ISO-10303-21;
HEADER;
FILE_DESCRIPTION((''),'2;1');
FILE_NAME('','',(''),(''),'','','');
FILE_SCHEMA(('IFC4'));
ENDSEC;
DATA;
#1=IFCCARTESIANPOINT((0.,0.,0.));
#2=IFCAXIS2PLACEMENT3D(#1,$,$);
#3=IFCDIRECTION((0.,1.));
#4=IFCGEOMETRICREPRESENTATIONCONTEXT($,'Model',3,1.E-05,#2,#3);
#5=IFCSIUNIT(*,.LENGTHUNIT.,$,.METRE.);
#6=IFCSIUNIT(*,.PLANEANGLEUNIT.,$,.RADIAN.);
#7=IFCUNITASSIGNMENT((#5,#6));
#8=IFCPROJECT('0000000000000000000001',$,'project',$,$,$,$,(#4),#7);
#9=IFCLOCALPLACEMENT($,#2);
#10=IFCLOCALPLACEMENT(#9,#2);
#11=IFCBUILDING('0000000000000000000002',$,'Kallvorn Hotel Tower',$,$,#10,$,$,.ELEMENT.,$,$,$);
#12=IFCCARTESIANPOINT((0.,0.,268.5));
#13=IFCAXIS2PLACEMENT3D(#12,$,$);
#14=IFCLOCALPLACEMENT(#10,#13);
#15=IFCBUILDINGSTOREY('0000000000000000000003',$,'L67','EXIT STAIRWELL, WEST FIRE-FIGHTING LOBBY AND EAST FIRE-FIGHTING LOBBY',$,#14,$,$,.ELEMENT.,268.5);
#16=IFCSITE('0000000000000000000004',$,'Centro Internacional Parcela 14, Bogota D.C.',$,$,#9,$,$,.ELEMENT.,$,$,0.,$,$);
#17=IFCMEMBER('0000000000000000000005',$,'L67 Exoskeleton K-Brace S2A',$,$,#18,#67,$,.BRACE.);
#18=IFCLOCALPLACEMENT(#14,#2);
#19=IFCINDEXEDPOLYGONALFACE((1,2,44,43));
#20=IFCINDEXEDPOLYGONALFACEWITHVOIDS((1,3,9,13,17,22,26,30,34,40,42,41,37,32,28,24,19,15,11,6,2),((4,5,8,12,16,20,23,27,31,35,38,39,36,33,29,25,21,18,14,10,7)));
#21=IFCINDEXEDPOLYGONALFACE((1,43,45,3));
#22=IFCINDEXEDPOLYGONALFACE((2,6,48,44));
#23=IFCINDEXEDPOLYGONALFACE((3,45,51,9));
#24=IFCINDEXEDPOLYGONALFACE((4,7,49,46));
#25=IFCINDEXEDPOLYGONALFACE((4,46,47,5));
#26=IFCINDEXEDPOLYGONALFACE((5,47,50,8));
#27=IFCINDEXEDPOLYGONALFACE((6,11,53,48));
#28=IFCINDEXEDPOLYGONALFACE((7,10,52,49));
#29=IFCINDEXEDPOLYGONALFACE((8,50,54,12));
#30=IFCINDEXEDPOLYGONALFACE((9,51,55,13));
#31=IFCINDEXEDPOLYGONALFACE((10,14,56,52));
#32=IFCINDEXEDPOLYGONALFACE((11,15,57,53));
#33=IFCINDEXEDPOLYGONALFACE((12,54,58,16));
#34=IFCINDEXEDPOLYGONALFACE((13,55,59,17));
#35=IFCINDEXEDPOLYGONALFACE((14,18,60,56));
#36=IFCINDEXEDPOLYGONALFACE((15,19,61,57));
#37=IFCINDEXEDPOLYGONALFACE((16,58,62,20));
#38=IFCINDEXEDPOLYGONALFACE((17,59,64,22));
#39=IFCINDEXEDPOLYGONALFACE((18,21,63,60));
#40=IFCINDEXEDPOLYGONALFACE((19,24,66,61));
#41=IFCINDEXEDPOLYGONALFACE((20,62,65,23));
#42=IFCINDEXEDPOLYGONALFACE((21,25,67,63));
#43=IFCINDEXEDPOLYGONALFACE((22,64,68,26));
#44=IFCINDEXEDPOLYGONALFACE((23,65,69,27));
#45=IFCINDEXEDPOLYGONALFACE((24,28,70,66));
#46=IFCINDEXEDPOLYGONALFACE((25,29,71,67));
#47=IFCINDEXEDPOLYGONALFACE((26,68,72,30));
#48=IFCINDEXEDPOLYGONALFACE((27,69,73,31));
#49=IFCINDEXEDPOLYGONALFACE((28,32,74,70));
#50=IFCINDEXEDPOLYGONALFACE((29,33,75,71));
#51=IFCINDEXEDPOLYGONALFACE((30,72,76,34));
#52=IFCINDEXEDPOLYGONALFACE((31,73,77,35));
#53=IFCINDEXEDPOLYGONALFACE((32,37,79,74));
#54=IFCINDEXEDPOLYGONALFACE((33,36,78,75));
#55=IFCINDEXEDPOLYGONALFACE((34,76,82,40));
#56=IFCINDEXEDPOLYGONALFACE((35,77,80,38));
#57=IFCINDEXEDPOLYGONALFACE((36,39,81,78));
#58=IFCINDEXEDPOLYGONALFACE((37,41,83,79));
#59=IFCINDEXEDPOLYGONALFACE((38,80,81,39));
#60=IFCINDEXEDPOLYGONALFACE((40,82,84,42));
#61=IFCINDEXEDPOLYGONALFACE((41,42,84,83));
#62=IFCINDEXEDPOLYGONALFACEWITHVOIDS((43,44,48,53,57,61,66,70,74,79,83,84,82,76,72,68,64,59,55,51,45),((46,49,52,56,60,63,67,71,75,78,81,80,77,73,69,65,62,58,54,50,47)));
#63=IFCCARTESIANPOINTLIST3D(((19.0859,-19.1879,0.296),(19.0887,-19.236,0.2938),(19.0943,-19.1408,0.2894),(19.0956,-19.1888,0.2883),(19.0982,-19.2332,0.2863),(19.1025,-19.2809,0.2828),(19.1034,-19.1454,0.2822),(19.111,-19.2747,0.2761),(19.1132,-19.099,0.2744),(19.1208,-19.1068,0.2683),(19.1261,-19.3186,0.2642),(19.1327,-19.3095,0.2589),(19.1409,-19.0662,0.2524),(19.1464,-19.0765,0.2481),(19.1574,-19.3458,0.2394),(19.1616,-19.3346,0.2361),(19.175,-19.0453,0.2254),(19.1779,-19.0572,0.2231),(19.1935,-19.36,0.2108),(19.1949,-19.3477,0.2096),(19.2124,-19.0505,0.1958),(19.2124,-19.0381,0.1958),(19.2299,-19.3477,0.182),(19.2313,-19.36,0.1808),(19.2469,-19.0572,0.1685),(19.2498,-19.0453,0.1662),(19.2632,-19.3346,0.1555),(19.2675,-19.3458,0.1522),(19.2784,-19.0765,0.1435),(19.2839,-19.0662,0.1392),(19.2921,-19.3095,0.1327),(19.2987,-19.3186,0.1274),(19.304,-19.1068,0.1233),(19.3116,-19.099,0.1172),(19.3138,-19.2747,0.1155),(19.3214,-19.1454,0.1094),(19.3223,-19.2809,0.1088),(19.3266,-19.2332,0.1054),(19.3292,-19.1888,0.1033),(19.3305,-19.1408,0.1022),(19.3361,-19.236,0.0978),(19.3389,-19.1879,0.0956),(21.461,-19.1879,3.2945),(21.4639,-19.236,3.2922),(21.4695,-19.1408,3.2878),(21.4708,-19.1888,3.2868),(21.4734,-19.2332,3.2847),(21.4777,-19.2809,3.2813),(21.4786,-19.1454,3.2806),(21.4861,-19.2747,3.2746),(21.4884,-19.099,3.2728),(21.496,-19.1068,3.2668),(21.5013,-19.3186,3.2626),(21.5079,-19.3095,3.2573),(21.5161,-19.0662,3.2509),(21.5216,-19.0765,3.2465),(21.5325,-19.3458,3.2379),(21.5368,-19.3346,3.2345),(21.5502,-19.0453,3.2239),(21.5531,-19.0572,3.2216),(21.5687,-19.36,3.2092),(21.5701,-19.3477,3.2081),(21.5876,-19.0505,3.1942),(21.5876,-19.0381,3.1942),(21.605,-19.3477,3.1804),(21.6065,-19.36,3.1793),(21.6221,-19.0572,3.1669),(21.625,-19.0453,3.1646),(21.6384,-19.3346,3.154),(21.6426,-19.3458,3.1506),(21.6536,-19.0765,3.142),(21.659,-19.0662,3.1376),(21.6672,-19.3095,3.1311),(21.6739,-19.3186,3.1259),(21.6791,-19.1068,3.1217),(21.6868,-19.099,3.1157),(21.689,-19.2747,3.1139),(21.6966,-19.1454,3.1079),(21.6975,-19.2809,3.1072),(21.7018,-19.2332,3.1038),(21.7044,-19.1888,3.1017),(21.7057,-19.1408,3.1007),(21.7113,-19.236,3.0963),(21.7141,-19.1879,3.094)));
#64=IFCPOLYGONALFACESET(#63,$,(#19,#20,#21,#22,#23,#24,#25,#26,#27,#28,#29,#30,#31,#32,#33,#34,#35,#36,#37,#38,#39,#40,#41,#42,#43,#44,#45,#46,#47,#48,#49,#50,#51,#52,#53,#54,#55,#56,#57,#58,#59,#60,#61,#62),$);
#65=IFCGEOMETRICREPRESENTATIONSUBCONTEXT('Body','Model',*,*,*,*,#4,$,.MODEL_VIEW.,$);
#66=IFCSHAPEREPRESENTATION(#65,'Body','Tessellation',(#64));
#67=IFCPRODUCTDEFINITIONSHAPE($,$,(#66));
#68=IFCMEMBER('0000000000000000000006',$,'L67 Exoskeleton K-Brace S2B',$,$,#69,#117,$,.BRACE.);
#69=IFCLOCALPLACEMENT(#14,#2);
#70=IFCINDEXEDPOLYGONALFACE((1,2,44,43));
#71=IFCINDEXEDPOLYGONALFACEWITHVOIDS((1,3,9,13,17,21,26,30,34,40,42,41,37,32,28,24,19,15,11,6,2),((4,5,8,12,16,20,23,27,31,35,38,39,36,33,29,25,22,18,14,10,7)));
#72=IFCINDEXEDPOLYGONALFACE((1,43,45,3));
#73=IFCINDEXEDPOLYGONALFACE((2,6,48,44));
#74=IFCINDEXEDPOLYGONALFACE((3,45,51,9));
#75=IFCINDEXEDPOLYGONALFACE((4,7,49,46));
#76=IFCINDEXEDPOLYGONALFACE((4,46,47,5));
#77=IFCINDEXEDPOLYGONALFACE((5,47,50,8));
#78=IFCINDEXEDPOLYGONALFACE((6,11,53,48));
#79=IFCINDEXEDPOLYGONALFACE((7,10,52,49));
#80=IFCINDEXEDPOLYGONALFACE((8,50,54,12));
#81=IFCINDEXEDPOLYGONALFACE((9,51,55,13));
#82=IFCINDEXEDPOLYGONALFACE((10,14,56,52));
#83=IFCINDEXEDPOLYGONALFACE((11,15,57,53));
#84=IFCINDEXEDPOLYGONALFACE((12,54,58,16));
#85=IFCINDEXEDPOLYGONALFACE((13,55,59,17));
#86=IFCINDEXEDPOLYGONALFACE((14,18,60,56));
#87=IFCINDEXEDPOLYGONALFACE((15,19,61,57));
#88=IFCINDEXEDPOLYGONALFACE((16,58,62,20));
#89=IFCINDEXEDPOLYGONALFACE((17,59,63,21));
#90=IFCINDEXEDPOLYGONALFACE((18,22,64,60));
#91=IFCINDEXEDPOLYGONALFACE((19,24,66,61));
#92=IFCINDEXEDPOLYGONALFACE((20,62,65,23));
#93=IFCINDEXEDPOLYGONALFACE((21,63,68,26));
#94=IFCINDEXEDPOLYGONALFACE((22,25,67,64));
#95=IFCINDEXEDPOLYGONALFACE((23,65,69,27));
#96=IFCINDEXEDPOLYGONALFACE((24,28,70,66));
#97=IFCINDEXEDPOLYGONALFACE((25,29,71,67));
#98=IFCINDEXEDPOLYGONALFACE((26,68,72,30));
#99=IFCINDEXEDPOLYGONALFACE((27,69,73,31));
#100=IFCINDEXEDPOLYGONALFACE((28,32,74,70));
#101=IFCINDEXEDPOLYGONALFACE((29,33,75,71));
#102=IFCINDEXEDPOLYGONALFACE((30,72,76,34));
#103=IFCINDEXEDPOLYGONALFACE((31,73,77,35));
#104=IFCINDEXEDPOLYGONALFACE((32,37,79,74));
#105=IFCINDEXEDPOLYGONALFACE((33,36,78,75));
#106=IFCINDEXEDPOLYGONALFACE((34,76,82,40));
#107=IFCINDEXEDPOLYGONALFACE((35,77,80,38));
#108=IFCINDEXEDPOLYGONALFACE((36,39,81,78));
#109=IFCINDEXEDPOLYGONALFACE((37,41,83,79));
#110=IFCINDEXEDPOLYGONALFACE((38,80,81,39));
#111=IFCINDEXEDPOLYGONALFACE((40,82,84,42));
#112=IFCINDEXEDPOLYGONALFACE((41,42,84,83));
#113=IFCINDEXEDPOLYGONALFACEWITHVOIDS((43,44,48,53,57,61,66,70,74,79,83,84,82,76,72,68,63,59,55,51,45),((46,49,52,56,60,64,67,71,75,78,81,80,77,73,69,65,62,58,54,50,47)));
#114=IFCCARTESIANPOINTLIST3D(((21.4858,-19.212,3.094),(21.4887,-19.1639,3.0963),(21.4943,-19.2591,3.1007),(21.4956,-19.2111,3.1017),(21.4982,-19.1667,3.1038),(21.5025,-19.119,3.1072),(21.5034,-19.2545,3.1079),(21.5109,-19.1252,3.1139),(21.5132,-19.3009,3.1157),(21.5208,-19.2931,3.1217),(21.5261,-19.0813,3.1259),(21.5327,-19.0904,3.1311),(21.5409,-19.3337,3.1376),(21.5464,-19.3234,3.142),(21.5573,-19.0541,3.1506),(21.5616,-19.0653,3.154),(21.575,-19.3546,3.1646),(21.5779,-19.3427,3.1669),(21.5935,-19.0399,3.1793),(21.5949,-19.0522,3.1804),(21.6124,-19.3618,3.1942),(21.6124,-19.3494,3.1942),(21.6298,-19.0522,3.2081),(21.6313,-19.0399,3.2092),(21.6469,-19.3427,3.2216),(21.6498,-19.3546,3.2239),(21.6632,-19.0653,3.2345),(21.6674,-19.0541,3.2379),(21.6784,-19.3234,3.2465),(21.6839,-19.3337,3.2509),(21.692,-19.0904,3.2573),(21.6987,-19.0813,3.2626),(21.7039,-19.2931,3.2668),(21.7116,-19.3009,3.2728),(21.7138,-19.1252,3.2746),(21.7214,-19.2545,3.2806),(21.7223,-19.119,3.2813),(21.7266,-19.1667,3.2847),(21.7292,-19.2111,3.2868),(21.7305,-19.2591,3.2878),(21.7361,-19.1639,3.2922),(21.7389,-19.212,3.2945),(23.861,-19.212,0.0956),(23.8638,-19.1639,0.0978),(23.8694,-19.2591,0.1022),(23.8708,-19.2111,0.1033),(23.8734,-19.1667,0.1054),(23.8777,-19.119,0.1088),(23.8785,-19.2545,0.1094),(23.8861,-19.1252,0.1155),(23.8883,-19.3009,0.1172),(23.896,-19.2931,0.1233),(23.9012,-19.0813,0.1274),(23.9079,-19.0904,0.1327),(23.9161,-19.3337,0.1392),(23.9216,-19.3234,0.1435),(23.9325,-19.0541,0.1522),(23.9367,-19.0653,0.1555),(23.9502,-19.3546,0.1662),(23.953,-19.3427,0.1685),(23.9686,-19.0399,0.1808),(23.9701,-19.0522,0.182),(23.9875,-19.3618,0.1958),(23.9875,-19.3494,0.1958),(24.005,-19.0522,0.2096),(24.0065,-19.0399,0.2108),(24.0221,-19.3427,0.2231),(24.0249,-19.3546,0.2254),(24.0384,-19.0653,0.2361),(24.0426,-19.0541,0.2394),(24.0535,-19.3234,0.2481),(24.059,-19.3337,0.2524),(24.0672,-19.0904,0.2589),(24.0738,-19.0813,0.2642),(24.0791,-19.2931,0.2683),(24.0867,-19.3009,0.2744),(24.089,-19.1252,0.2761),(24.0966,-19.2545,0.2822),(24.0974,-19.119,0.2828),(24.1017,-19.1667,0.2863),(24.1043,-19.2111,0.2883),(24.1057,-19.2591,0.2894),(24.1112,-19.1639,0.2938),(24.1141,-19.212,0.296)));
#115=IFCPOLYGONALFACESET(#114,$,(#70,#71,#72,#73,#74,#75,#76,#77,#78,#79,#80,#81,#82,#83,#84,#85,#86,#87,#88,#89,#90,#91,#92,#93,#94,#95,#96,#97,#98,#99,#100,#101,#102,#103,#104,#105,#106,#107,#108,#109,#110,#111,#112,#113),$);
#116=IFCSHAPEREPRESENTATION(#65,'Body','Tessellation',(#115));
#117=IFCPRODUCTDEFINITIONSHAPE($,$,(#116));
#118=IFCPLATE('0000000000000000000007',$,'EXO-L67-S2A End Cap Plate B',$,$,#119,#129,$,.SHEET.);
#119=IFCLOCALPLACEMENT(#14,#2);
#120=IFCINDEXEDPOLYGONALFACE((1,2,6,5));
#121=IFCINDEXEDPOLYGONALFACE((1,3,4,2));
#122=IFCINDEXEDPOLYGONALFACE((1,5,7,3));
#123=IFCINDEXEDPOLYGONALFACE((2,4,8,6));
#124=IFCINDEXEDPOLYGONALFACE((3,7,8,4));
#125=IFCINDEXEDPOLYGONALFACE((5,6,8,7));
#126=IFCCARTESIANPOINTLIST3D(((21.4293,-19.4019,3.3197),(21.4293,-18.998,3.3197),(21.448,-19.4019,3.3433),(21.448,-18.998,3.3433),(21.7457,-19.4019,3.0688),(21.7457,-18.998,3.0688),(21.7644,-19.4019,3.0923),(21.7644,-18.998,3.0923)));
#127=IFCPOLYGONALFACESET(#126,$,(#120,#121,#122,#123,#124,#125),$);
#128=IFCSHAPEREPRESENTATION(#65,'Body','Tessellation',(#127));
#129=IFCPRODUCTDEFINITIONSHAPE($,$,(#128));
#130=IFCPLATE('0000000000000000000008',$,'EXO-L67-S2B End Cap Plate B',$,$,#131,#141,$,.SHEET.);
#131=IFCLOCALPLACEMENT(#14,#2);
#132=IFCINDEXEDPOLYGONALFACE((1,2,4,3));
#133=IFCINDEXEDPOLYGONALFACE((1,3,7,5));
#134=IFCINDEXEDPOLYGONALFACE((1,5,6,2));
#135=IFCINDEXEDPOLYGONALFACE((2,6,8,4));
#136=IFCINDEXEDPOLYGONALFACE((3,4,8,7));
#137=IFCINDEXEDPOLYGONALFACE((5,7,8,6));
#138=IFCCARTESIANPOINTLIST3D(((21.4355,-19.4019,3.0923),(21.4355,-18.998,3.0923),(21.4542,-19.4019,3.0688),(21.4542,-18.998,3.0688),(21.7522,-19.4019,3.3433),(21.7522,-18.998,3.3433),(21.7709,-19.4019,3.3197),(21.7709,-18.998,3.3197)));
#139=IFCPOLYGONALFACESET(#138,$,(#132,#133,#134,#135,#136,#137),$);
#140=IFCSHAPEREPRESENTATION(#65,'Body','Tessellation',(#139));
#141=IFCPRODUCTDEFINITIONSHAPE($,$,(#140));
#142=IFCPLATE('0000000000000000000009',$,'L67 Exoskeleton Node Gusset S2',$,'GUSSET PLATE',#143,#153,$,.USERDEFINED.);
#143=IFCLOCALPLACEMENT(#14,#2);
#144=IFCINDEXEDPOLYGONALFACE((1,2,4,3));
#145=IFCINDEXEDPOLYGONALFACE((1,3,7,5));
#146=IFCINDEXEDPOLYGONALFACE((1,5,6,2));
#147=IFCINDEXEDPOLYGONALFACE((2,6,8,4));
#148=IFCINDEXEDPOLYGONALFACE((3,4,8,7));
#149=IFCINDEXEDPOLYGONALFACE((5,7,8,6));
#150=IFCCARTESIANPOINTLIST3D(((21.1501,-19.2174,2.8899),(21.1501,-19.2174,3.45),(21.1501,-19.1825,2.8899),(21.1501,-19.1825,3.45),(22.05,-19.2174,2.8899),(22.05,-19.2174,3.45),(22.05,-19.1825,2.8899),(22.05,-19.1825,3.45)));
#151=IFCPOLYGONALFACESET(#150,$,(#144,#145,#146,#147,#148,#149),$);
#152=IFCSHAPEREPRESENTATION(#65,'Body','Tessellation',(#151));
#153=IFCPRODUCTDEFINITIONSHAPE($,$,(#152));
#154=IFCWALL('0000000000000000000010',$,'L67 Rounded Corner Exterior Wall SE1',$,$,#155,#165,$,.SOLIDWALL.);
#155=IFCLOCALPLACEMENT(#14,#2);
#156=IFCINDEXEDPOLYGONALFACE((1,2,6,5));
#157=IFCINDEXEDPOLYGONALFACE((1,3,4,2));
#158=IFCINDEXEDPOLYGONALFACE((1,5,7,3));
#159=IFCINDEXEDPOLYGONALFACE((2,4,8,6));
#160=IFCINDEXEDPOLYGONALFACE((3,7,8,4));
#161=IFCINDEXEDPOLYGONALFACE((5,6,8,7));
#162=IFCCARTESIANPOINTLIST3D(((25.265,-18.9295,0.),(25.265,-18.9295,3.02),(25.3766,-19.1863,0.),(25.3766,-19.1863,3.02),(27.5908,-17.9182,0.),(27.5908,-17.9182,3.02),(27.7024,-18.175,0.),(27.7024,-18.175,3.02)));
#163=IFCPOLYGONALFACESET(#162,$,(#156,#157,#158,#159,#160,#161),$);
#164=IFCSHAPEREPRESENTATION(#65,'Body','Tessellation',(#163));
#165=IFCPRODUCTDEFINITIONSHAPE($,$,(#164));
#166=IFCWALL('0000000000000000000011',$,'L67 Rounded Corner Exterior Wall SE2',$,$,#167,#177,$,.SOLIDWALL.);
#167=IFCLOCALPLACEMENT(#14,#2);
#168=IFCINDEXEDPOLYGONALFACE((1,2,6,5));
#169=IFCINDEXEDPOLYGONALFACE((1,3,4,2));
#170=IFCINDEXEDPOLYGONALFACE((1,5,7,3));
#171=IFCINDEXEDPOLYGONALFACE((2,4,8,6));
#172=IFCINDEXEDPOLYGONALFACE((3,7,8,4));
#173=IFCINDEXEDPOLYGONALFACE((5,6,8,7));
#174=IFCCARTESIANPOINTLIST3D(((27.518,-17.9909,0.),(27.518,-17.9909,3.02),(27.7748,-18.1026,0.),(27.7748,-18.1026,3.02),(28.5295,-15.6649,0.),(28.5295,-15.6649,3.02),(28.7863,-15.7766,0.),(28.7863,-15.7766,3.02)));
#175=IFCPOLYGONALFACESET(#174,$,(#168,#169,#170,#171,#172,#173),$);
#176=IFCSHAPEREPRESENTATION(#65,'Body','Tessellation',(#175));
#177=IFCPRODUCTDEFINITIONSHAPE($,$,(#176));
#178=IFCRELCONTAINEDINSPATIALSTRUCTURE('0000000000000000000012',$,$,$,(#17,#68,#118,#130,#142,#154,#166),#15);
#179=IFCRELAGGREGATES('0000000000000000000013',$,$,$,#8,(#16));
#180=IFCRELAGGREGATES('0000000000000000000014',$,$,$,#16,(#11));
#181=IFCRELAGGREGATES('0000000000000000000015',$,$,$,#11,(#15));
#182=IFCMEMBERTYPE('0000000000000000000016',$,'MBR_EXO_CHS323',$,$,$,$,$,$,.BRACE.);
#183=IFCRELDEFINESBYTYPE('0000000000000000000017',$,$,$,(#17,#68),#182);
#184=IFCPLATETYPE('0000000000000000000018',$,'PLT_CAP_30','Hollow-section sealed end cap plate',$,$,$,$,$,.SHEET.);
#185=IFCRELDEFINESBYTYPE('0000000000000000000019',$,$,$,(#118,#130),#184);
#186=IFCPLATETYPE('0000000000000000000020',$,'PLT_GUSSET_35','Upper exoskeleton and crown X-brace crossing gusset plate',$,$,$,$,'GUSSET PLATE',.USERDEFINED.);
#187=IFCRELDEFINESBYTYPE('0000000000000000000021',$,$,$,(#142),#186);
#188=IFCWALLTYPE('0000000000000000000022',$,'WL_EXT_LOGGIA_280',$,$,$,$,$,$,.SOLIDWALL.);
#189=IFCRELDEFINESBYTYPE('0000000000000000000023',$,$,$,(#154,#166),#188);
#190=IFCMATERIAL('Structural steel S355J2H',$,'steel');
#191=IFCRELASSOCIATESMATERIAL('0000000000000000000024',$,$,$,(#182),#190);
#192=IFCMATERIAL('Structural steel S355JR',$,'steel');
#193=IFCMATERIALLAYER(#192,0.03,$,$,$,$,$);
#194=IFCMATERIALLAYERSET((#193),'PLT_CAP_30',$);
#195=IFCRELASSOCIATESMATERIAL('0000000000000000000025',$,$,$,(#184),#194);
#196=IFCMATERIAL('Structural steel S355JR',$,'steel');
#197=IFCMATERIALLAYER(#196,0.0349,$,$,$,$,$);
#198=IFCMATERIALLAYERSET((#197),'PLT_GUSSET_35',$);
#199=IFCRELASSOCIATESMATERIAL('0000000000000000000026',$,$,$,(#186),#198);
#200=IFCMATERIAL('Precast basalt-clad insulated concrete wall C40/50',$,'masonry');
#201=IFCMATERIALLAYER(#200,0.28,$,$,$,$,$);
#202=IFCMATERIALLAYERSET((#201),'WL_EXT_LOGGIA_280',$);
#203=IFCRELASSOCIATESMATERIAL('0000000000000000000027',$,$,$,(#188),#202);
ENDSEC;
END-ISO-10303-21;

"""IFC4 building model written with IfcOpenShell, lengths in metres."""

from ifc_helpers import new_model, si_unit, direction, frame, frame_2d, origin, origin_2d, place, context, subcontext, project, spatial, polyline, rectangle, hollow_circle, outline, extrude, material, layer, layer_set, material_profile, profile_set, type_object, element, save


model = new_model("IFC4")

# Units and contexts
model_context = context("Model", 3, precision=1e-05, world=origin(), true_north=direction((0.0, 1.0)))
body_context = subcontext(model_context, "Body", "Model", "MODEL_VIEW")
ifc_project = project(units=[si_unit("LENGTHUNIT", "METRE"), si_unit("PLANEANGLEUNIT", "RADIAN")], contexts=[model_context])

# Site, building, storey
site_placement = place(None, origin())
site = spatial("IfcSite", under=ifc_project, at=site_placement, Name="Centro Internacional Parcela 14, Bogota D.C.", CompositionType="ELEMENT", RefElevation=0.0)
building_placement = place(site_placement, origin())
building = spatial("IfcBuilding", under=site, at=building_placement, Name="Kallvorn Hotel Tower", CompositionType="ELEMENT")
storey_placement = place(building_placement, frame((0.0, 0.0, 268.5)))
storey = spatial("IfcBuildingStorey", under=building, at=storey_placement, Name="L67", Description="EXIT STAIRWELL, WEST FIRE-FIGHTING LOBBY AND EAST FIRE-FIGHTING LOBBY", CompositionType="ELEMENT", Elevation=268.5)

# Members
ifc_material_1 = material(Name="Structural steel S355J2H", Category="steel")
ifc_material_profile_1 = material_profile(ifc_material_1, hollow_circle(Radius=0.1619, WallThickness=0.0125, at=origin_2d()), Name="CHS 323.9x12.5")
ifc_profile_set_1 = profile_set([ifc_material_profile_1], Name="Structural steel S355J2H")
member_type = type_object("IfcMemberType", Name="MBR_EXO_CHS323", PredefinedType="BRACE", material=ifc_profile_set_1)
for number, where, z_axis, x_axis, name in (
    (1, (19.2124, -19.2, 0.1958), (0.620929, 0.0, 0.783867), (0.0, 1.0, 0.0), "L67 Exoskeleton K-Brace S2A"),
    (2, (23.9875, -19.2, 0.1958), (-0.620929, 0.0, 0.783867), (0.0, -1.0, 0.0), "L67 Exoskeleton K-Brace S2B"),
):
    element("IfcMember", number, at=place(storey_placement, frame(where, z_axis=z_axis, x_axis=x_axis)), inside=storey, type_object=member_type, Name=name, PredefinedType="BRACE", context=body_context, shape_type="SweptSolid", body=[
        extrude(hollow_circle(Radius=0.1619, WallThickness=0.0125, at=origin_2d()), origin(), (0.0, 0.0, 1.0), 3.8252),
    ])

# Plates
ifc_material_2 = material(Name="Structural steel S355JR", Category="steel")
ifc_layer_1 = layer(ifc_material_2, 0.03)
ifc_layer_set_1 = layer_set([ifc_layer_1], Name="PLT_CAP_30")
plate_type_1 = type_object("IfcPlateType", Name="PLT_CAP_30", Description="Hollow-section sealed end cap plate", PredefinedType="SHEET", material=ifc_layer_set_1)
plate_1_placement = place(storey_placement, frame((21.7644, -19.4019, 3.0923), z_axis=(0.621446, 0.0, 0.783457), x_axis=(0.0, 1.0, 0.0)))
element("IfcPlate", 3, at=plate_1_placement, inside=storey, type_object=plate_type_1, Name="EXO-L67-S2A End Cap Plate B", PredefinedType="SHEET", context=body_context, shape_type="SweptSolid", body=[
    extrude(outline(polyline([(0.0, 0.0), (0.4038, 0.0), (0.4038, 0.4039), (0.0, 0.4039), (0.0, 0.0)])), origin(), (0.0, 0.0, -1.0), 0.03),
])
plate_2_placement = place(storey_placement, frame((21.4355, -18.998, 3.0923), z_axis=(-0.621152, 0.0, 0.78369), x_axis=(0.0, -1.0, 0.0)))
element("IfcPlate", 4, at=plate_2_placement, inside=storey, type_object=plate_type_1, Name="EXO-L67-S2B End Cap Plate B", PredefinedType="SHEET", context=body_context, shape_type="SweptSolid", body=[
    extrude(outline(polyline([(0.0, 0.0), (0.4038, 0.0), (0.4038, 0.4041), (0.0, 0.4041), (0.0, 0.0)])), origin(), (0.0, 0.0, -1.0), 0.03),
])
ifc_material_3 = material(Name="Structural steel S355JR", Category="steel")
ifc_layer_2 = layer(ifc_material_3, 0.0349)
ifc_layer_set_2 = layer_set([ifc_layer_2], Name="PLT_GUSSET_35")
plate_type_2 = type_object("IfcPlateType", Name="PLT_GUSSET_35", Description="Upper exoskeleton and crown X-brace crossing gusset plate", ElementType="GUSSET PLATE", PredefinedType="USERDEFINED", material=ifc_layer_set_2)
plate_3_placement = place(storey_placement, frame((21.6001, -19.2, 2.8899), z_axis=(0.0, 0.0, 1.0), x_axis=(1.0, 0.0, 0.0)))
element("IfcPlate", 5, at=plate_3_placement, inside=storey, type_object=plate_type_2, Name="L67 Exoskeleton Node Gusset S2", ObjectType="GUSSET PLATE", PredefinedType="USERDEFINED", context=body_context, shape_type="SweptSolid", body=[
    extrude(rectangle(XDim=0.8999, YDim=0.0349, at=origin_2d()), origin(), (0.0, 0.0, 1.0), 0.5601),
])

# Walls
ifc_material_4 = material(Name="Precast basalt-clad insulated concrete wall C40/50", Category="masonry")
ifc_layer_3 = layer(ifc_material_4, 0.28)
ifc_layer_set_3 = layer_set([ifc_layer_3], Name="WL_EXT_LOGGIA_280")
wall_type_1 = type_object("IfcWallType", Name="WL_EXT_LOGGIA_280", PredefinedType="SOLIDWALL", material=ifc_layer_set_3)
wall_1_placement = place(storey_placement, frame((25.3208, -19.0579, 0.0), z_axis=(0.0, 0.0, 1.0), x_axis=(0.917061, 0.398747, 0.0)))
element("IfcWall", 6, at=wall_1_placement, inside=storey, type_object=wall_type_1, Name="L67 Rounded Corner Exterior Wall SE1", PredefinedType="SOLIDWALL", context=body_context, shape_type="SweptSolid", body=[
    extrude(rectangle(XDim=2.5361, YDim=0.28, at=frame_2d((1.2681, 0.0))), origin(), (0.0, 0.0, 1.0), 3.02),
])
wall_2_placement = place(storey_placement, frame((27.6465, -18.0466, 0.0), z_axis=(0.0, 0.0, 1.0), x_axis=(0.398793, 0.917041, 0.0)))
element("IfcWall", 7, at=wall_2_placement, inside=storey, type_object=wall_type_1, Name="L67 Rounded Corner Exterior Wall SE2", PredefinedType="SOLIDWALL", context=body_context, shape_type="SweptSolid", body=[
    extrude(rectangle(XDim=2.5364, YDim=0.28, at=frame_2d((1.2681, 0.0))), origin(), (0.0, 0.0, 1.0), 3.02),
])

save(model, "model.ifc")
